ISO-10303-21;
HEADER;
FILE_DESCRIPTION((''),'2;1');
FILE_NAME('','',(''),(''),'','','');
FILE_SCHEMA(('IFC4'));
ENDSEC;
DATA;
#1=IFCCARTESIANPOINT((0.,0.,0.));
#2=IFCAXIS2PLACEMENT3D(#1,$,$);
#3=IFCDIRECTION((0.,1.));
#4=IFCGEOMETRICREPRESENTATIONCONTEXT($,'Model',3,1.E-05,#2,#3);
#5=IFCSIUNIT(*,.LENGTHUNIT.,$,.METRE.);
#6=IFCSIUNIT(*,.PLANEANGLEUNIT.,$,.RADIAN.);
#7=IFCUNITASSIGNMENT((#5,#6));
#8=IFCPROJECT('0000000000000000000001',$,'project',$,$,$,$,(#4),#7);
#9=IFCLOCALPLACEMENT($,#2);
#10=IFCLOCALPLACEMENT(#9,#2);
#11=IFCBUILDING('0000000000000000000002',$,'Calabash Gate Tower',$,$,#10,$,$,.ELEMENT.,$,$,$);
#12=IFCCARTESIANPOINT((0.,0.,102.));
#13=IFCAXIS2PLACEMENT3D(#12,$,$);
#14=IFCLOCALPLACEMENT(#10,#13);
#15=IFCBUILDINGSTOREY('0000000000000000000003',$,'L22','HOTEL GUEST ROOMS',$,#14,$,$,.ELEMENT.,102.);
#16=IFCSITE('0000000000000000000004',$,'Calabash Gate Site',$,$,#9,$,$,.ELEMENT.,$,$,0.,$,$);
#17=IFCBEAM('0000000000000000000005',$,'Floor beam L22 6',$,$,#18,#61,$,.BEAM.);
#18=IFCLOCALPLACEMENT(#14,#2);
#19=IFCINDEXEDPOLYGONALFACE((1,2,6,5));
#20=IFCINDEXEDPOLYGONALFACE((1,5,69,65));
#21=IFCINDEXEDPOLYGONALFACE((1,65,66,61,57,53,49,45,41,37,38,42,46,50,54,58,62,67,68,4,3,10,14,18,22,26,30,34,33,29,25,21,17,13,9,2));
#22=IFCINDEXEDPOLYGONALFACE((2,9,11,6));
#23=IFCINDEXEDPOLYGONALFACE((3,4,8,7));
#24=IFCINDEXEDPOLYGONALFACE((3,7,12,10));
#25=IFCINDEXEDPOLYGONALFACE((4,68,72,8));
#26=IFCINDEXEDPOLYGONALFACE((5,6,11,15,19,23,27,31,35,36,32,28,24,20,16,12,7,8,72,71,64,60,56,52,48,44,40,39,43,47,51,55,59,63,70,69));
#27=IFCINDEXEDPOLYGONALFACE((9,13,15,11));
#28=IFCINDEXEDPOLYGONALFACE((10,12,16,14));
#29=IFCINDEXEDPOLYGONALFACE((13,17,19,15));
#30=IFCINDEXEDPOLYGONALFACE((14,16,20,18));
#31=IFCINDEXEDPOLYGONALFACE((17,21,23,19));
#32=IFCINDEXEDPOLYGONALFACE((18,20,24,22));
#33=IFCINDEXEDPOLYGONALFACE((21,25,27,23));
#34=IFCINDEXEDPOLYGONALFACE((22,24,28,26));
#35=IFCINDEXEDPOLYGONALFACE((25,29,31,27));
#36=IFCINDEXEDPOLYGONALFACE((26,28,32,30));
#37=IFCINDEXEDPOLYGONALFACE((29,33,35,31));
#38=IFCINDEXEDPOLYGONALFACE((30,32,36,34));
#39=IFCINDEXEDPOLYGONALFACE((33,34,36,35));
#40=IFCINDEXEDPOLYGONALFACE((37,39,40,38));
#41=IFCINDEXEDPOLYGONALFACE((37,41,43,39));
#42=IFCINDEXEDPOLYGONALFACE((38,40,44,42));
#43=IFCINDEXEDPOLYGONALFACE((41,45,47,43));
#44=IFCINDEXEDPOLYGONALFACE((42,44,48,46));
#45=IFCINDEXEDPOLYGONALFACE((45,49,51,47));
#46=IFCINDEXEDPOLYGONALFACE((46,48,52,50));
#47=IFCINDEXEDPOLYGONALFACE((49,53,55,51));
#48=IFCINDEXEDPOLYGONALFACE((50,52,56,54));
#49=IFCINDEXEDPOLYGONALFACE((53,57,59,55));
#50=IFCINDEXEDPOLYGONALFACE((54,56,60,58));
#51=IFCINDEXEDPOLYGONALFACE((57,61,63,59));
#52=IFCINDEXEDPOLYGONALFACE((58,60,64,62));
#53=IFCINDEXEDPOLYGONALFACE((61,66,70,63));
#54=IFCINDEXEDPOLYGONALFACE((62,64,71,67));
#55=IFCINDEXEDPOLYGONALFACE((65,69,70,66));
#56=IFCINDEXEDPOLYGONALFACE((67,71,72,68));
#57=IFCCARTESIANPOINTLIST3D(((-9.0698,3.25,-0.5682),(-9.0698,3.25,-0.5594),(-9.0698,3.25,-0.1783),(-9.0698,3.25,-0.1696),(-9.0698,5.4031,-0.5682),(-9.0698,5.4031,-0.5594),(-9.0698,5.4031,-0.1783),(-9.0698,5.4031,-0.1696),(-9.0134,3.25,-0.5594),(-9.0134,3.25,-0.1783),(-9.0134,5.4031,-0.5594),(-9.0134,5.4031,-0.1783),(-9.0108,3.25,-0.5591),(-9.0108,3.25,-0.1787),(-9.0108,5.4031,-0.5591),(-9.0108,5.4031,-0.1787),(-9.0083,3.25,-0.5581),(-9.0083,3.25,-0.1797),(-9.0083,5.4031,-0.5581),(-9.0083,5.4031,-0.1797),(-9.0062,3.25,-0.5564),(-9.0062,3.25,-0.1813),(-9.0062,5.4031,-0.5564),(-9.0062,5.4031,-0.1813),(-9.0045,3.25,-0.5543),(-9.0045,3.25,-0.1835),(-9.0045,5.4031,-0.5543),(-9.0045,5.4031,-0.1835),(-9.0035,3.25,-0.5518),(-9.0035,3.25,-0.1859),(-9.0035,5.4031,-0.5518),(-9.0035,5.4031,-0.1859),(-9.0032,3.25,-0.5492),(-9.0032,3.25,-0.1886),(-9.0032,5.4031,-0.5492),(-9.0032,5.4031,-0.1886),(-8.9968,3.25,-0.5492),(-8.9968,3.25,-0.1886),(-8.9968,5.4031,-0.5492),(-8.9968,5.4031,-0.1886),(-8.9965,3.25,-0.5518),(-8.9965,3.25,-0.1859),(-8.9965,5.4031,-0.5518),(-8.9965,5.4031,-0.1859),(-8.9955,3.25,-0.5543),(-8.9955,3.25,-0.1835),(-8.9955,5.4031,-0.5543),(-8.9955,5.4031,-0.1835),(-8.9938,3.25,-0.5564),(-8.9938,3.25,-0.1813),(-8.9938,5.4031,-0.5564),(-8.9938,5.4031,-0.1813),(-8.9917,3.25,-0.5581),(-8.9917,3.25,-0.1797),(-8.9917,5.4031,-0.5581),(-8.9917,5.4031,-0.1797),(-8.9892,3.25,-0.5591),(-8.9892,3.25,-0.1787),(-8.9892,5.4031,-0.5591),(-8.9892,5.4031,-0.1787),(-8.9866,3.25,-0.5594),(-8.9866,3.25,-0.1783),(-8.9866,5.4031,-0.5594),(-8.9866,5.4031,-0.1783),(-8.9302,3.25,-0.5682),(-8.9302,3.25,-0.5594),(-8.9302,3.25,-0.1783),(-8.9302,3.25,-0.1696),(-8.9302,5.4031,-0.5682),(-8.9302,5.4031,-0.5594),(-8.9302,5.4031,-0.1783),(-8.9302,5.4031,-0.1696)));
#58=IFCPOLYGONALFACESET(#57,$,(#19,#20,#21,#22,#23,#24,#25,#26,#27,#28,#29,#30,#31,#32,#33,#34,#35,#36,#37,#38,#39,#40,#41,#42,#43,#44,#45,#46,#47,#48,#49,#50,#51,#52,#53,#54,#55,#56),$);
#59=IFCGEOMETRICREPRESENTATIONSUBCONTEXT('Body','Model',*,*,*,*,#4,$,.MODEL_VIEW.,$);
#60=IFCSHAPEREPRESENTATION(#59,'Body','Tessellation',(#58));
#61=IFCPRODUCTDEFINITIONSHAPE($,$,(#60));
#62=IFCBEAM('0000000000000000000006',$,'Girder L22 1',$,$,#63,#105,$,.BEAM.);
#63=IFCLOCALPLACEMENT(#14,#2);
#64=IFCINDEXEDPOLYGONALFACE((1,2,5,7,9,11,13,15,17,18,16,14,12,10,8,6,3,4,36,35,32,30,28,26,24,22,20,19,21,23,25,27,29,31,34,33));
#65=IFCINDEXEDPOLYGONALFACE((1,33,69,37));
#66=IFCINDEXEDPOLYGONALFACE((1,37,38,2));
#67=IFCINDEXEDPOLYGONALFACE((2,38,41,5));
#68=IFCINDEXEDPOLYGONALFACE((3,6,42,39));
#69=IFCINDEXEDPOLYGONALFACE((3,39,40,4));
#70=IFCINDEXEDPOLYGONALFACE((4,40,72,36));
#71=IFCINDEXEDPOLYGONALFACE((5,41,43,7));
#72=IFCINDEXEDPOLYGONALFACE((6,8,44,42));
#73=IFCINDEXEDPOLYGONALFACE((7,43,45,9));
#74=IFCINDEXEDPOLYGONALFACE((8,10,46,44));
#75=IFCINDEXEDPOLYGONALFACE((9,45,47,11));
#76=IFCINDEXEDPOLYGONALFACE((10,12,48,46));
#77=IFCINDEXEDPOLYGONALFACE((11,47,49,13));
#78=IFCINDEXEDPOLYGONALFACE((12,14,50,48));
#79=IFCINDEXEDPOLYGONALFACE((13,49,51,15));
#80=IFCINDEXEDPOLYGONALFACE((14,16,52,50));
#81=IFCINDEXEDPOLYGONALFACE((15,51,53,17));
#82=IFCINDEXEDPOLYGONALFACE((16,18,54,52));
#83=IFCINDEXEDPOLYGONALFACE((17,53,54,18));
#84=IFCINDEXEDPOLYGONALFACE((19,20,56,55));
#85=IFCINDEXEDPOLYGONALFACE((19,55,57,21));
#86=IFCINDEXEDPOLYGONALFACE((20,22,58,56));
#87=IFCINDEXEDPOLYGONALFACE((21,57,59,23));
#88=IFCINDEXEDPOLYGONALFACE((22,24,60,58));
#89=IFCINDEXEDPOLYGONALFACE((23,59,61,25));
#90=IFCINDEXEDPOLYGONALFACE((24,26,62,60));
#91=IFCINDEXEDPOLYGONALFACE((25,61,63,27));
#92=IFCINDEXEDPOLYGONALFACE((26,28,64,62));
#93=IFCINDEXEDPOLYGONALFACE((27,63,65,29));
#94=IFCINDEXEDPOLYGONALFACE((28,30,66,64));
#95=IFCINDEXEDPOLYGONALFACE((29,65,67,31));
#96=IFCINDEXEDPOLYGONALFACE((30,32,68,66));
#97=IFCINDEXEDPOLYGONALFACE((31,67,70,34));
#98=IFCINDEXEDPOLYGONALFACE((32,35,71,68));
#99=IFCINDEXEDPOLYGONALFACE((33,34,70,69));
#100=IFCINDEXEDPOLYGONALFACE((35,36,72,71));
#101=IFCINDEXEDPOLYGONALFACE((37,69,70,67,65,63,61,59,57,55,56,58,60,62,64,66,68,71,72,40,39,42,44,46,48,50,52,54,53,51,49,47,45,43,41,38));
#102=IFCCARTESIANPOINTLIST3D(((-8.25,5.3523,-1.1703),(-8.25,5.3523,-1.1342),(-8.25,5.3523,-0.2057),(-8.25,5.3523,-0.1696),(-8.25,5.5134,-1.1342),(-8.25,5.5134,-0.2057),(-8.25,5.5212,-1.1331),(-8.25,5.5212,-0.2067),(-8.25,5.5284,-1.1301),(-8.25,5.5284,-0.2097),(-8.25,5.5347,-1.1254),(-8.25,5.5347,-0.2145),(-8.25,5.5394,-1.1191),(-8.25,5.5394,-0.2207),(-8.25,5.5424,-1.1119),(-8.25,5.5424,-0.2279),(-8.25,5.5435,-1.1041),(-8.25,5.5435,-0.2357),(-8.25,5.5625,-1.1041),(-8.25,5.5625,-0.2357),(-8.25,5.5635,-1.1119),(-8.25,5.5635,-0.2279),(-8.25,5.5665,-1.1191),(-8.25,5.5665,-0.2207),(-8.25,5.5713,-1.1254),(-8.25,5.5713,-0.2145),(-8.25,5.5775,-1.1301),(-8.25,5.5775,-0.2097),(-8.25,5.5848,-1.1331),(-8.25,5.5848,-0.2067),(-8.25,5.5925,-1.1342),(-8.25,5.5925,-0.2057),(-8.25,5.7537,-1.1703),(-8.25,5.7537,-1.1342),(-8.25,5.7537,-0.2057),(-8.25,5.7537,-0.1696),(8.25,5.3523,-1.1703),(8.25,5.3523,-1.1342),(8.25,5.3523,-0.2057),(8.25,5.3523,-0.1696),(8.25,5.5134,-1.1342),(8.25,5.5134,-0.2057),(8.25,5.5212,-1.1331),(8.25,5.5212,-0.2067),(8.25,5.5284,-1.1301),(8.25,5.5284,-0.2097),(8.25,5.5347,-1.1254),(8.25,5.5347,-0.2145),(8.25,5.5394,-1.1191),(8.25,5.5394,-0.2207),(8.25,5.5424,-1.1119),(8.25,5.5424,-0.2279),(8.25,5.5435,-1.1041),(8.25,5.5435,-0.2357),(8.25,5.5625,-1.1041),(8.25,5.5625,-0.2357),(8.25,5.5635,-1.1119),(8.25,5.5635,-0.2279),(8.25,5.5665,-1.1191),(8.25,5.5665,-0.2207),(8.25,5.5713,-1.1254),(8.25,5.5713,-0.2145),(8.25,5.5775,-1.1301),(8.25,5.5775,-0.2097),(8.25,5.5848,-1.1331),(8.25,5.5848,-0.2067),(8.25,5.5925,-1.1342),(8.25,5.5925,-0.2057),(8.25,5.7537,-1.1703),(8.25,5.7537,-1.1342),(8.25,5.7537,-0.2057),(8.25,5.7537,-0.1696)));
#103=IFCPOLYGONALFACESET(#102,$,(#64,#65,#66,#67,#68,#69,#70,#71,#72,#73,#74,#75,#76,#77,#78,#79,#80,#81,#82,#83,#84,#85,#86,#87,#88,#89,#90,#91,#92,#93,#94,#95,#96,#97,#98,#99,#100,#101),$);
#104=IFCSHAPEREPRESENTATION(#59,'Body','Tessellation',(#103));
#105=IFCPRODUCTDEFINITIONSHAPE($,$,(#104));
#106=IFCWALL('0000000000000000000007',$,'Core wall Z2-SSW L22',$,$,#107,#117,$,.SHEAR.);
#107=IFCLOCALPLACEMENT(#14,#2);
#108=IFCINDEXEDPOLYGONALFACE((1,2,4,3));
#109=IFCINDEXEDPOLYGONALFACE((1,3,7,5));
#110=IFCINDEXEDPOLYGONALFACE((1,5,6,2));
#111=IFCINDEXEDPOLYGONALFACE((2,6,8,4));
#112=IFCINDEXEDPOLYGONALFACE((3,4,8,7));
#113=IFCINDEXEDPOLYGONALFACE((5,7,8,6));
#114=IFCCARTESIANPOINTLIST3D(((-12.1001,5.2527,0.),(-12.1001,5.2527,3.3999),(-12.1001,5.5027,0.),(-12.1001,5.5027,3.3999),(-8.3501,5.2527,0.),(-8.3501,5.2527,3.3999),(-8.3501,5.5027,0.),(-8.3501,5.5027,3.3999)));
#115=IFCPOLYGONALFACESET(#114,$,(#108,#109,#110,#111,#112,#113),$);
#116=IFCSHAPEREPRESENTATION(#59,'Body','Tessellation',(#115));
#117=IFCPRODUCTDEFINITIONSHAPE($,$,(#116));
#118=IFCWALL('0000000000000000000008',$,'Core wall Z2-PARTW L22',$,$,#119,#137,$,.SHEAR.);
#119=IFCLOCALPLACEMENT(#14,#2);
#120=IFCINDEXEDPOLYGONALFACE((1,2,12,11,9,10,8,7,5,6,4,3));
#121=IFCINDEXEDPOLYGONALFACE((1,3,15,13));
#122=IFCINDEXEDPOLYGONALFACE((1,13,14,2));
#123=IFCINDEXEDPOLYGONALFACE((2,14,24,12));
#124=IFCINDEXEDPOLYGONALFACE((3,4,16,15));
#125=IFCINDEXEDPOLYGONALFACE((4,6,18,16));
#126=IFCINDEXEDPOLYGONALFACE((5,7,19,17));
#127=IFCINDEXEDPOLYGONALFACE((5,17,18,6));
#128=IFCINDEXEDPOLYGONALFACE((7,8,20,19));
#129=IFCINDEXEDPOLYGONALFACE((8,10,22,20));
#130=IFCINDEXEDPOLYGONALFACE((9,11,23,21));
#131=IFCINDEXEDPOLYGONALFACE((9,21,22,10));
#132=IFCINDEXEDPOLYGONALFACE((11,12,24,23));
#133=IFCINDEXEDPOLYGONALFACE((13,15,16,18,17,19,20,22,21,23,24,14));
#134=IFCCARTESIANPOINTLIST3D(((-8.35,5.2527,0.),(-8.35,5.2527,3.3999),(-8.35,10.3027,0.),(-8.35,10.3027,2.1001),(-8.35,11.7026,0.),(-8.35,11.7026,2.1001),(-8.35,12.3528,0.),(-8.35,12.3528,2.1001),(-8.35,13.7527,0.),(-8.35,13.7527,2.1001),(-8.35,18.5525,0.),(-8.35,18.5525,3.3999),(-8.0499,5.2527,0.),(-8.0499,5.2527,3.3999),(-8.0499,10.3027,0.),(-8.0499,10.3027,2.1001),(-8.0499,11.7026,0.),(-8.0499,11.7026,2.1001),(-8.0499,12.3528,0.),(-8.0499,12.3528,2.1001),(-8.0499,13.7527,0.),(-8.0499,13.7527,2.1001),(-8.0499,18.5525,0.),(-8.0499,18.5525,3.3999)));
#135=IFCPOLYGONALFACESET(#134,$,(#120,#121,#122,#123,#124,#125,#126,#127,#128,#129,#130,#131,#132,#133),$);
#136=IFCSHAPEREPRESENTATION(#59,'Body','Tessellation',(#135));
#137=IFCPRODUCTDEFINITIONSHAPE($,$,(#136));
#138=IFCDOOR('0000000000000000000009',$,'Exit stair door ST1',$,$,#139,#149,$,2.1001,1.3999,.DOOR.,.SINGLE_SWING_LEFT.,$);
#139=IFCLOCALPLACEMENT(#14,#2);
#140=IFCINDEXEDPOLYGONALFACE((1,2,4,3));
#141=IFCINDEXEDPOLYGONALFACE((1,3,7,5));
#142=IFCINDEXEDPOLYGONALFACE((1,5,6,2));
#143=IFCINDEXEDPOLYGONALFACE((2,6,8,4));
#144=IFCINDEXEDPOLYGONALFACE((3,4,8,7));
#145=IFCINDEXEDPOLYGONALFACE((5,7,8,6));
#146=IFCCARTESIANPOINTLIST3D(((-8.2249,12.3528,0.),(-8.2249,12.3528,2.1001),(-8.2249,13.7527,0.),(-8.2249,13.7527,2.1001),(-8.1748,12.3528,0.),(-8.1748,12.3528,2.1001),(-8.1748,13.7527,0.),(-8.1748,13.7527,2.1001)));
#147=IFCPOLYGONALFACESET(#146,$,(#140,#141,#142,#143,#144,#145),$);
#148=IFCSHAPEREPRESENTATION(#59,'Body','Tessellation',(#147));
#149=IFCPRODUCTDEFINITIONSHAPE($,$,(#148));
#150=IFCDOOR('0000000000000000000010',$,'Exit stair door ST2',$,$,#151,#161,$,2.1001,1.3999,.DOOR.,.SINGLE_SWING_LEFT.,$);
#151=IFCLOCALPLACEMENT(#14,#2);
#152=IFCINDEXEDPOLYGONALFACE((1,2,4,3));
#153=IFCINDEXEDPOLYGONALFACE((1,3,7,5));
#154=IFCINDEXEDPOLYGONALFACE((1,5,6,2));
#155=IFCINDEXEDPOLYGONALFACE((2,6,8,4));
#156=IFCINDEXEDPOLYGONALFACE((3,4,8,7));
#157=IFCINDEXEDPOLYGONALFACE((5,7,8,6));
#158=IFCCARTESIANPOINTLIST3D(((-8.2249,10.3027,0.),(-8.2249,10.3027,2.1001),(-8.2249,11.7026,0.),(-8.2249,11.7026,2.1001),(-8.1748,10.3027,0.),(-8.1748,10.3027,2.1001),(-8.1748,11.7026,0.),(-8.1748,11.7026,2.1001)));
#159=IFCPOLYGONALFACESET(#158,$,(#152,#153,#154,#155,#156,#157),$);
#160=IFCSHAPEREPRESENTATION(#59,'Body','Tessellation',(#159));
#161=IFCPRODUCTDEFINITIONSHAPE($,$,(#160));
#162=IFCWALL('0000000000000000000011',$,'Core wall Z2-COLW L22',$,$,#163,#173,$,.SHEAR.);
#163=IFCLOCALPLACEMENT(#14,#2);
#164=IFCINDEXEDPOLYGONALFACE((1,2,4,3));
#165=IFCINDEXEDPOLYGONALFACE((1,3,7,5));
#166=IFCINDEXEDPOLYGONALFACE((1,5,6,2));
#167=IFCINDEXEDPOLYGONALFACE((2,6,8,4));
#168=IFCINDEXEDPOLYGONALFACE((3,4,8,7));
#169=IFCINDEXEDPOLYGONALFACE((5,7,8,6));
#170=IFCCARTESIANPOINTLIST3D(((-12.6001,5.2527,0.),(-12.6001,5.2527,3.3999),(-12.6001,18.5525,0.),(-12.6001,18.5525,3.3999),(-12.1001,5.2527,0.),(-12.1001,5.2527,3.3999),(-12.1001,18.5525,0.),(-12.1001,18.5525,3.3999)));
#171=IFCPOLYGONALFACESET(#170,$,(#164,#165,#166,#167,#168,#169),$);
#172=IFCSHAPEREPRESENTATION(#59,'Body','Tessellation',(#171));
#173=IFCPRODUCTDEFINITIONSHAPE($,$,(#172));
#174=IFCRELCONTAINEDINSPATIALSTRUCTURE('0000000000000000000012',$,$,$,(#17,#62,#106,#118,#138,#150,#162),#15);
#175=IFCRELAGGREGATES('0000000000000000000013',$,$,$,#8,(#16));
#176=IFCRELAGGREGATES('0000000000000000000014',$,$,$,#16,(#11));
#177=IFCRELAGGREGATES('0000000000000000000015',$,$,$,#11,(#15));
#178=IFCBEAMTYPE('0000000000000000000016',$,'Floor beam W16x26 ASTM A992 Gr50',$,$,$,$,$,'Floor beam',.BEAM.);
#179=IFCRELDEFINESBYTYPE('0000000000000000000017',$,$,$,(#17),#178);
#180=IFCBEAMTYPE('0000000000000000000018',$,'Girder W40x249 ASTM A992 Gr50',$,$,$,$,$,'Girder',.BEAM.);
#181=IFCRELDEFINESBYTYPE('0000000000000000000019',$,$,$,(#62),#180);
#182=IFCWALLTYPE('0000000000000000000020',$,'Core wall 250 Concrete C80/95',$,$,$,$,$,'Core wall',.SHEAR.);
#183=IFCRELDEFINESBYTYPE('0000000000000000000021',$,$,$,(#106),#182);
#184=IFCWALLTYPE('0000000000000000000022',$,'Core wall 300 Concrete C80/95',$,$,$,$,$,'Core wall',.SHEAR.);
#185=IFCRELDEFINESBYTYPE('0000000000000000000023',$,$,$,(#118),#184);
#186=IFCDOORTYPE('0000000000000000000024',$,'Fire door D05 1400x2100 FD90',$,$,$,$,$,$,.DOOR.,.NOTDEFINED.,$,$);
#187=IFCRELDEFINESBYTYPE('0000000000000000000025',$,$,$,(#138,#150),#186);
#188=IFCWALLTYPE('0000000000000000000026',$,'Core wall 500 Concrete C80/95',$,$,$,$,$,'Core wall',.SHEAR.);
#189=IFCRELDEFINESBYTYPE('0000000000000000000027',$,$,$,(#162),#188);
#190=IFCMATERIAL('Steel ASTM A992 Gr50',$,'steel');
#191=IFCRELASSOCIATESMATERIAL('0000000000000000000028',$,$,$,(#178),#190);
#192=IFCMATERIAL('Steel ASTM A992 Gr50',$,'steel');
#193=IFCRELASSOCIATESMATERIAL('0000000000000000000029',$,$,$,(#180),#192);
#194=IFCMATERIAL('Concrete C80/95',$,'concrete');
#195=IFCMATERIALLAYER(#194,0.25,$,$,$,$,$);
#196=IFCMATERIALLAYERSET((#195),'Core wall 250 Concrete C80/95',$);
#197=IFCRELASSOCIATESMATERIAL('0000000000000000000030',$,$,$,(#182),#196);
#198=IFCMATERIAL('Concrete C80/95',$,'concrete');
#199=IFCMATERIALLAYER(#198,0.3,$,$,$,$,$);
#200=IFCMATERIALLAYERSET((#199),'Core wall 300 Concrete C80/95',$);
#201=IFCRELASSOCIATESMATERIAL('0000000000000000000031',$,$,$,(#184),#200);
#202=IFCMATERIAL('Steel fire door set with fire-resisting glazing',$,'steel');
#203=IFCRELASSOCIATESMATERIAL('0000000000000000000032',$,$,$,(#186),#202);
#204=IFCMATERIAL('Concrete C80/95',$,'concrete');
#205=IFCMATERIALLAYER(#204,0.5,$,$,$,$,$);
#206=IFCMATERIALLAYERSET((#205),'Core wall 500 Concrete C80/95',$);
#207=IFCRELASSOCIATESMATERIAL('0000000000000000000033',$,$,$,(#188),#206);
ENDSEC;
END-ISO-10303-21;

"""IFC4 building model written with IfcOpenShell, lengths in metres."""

from ifc_helpers import new_model, si_unit, direction, frame, frame_2d, origin, origin_2d, place, context, subcontext, project, spatial, rectangle, i_section, extrude, material, layer, layer_set, material_profile, profile_set, type_object, element, fill, save


model = new_model("IFC4")

# Units and contexts
model_context = context("Model", 3, precision=1e-05, world=origin(), true_north=direction((0.0, 1.0)))
body_context = subcontext(model_context, "Body", "Model", "MODEL_VIEW")
ifc_project = project(units=[si_unit("LENGTHUNIT", "METRE"), si_unit("PLANEANGLEUNIT", "RADIAN")], contexts=[model_context])

# Site, building, storey
site_placement = place(None, origin())
site = spatial("IfcSite", under=ifc_project, at=site_placement, Name="Calabash Gate Site", CompositionType="ELEMENT", RefElevation=0.0)
building_placement = place(site_placement, origin())
building = spatial("IfcBuilding", under=site, at=building_placement, Name="Calabash Gate Tower", CompositionType="ELEMENT")
storey_placement = place(building_placement, frame((0.0, 0.0, 102.0)))
storey = spatial("IfcBuildingStorey", under=building, at=storey_placement, Name="L22", Description="HOTEL GUEST ROOMS", CompositionType="ELEMENT", Elevation=102.0)

# Beams
ifc_material_1 = material(Name="Steel ASTM A992 Gr50", Category="steel")
ifc_material_profile_1 = material_profile(ifc_material_1, i_section(OverallWidth=0.1396, OverallDepth=0.3987, WebThickness=0.0063, FlangeThickness=0.0088, FilletRadius=0.0103, at=origin_2d()))
ifc_profile_set_1 = profile_set([ifc_material_profile_1], Name="Steel ASTM A992 Gr50")
beam_type_1 = type_object("IfcBeamType", Name="Floor beam W16x26 ASTM A992 Gr50", ElementType="Floor beam", PredefinedType="BEAM", material=ifc_profile_set_1)
beam_1_placement = place(storey_placement, frame((-9.0, 3.25, -0.3689), z_axis=(0.0, 1.0, 0.0), x_axis=(-1.0, 0.0, 0.0)))
element("IfcBeam", 1, at=beam_1_placement, inside=storey, type_object=beam_type_1, Name="Floor beam L22 6", PredefinedType="BEAM", context=body_context, shape_type="SweptSolid", body=[
    extrude(i_section(OverallWidth=0.1396, OverallDepth=0.3987, WebThickness=0.0063, FlangeThickness=0.0088, FilletRadius=0.0103, at=origin_2d()), origin(), (0.0, 0.0, 1.0), 2.1531),
])
ifc_material_2 = material(Name="Steel ASTM A992 Gr50", Category="steel")
ifc_material_profile_2 = material_profile(ifc_material_2, i_section(OverallWidth=0.4014, OverallDepth=1.0007, WebThickness=0.019, FlangeThickness=0.0361, FilletRadius=0.03, at=origin_2d()))
ifc_profile_set_2 = profile_set([ifc_material_profile_2], Name="Steel ASTM A992 Gr50")
beam_type_2 = type_object("IfcBeamType", Name="Girder W40x249 ASTM A992 Gr50", ElementType="Girder", PredefinedType="BEAM", material=ifc_profile_set_2)
beam_2_placement = place(storey_placement, frame((-8.25, 5.553, -0.6699), z_axis=(1.0, 0.0, 0.0), x_axis=(0.0, 1.0, 0.0)))
element("IfcBeam", 2, at=beam_2_placement, inside=storey, type_object=beam_type_2, Name="Girder L22 1", PredefinedType="BEAM", context=body_context, shape_type="SweptSolid", body=[
    extrude(i_section(OverallWidth=0.4014, OverallDepth=1.0007, WebThickness=0.019, FlangeThickness=0.0361, FilletRadius=0.03, at=origin_2d()), origin(), (0.0, 0.0, 1.0), 16.5),
])

# Wall
ifc_material_3 = material(Name="Concrete C80/95", Category="concrete")
ifc_layer_1 = layer(ifc_material_3, 0.25)
ifc_layer_set_1 = layer_set([ifc_layer_1], Name="Core wall 250 Concrete C80/95")
wall_type_1 = type_object("IfcWallType", Name="Core wall 250 Concrete C80/95", ElementType="Core wall", PredefinedType="SHEAR", material=ifc_layer_set_1)
wall_1_placement = place(storey_placement, frame((-12.1001, 5.3777, 0.0), z_axis=(0.0, 0.0, 1.0), x_axis=(1.0, 0.0, 0.0)))
element("IfcWall", 3, at=wall_1_placement, inside=storey, type_object=wall_type_1, Name="Core wall Z2-SSW L22", PredefinedType="SHEAR", context=body_context, shape_type="SweptSolid", body=[
    extrude(rectangle(XDim=3.75, YDim=0.25, at=frame_2d((1.875, 0.0))), origin(), (0.0, 0.0, 1.0), 3.3999),
])

# Wall, openings, doors
ifc_material_4 = material(Name="Concrete C80/95", Category="concrete")
ifc_layer_2 = layer(ifc_material_4, 0.3)
ifc_layer_set_2 = layer_set([ifc_layer_2], Name="Core wall 300 Concrete C80/95")
wall_type_2 = type_object("IfcWallType", Name="Core wall 300 Concrete C80/95", ElementType="Core wall", PredefinedType="SHEAR", material=ifc_layer_set_2)
wall_2_placement = place(storey_placement, frame((-8.2, 5.2527, 0.0), z_axis=(0.0, 0.0, 1.0), x_axis=(0.0, 1.0, 0.0)))
wall_2 = element("IfcWall", 4, at=wall_2_placement, inside=storey, type_object=wall_type_2, Name="Core wall Z2-PARTW L22", PredefinedType="SHEAR", context=body_context, shape_type="SweptSolid", body=[
    extrude(rectangle(XDim=13.2998, YDim=0.3, at=frame_2d((6.6499, 0.0))), origin(), (0.0, 0.0, 1.0), 3.3999),
])
opening_1_placement = place(wall_2_placement, frame((7.1001, 0.0, 0.0)))
opening_1 = element("IfcOpeningElement", 5, at=opening_1_placement, cuts=wall_2, PredefinedType="OPENING", context=body_context, shape_type="SweptSolid", body=[
    extrude(rectangle(XDim=1.3999, YDim=2.1001, at=frame_2d((0.7, 1.05))), frame((0.0, 0.1599, 0.0), z_axis=(0.0, -1.0, 0.0), x_axis=(1.0, 0.0, 0.0)), (0.0, 0.0, 1.0), 0.3201),
])
opening_2_placement = place(wall_2_placement, frame((5.05, 0.0, 0.0)))
opening_2 = element("IfcOpeningElement", 6, at=opening_2_placement, cuts=wall_2, PredefinedType="OPENING", context=body_context, shape_type="SweptSolid", body=[
    extrude(rectangle(XDim=1.3999, YDim=2.1001, at=frame_2d((0.7, 1.05))), frame((0.0, 0.1599, 0.0), z_axis=(0.0, -1.0, 0.0), x_axis=(1.0, 0.0, 0.0)), (0.0, 0.0, 1.0), 0.3201),
])
ifc_material_5 = material(Name="Steel fire door set with fire-resisting glazing", Category="steel")
door_type_1 = type_object("IfcDoorType", Name="Fire door D05 1400x2100 FD90", OperationType="NOTDEFINED", PredefinedType="DOOR", material=ifc_material_5)
door_1_placement = place(opening_1_placement, origin())
door_1 = element("IfcDoor", 7, at=door_1_placement, inside=storey, type_object=door_type_1, Name="Exit stair door ST1", OperationType="SINGLE_SWING_LEFT", OverallHeight=2.1001, OverallWidth=1.3999, PredefinedType="DOOR", context=body_context, shape_type="SweptSolid", body=[
    extrude(rectangle(XDim=1.3999, YDim=2.1001, at=frame_2d((0.7, 1.05))), frame((0.0, 0.0249, 0.0), z_axis=(0.0, -1.0, 0.0), x_axis=(1.0, 0.0, 0.0)), (0.0, 0.0, 1.0), 0.05),
])
fill(opening_1, door_1)
door_2_placement = place(opening_2_placement, origin())
door_2 = element("IfcDoor", 8, at=door_2_placement, inside=storey, type_object=door_type_1, Name="Exit stair door ST2", OperationType="SINGLE_SWING_LEFT", OverallHeight=2.1001, OverallWidth=1.3999, PredefinedType="DOOR", context=body_context, shape_type="SweptSolid", body=[
    extrude(rectangle(XDim=1.3999, YDim=2.1001, at=frame_2d((0.7, 1.05))), frame((0.0, 0.0249, 0.0), z_axis=(0.0, -1.0, 0.0), x_axis=(1.0, 0.0, 0.0)), (0.0, 0.0, 1.0), 0.05),
])
fill(opening_2, door_2)

# Wall
ifc_material_6 = material(Name="Concrete C80/95", Category="concrete")
ifc_layer_3 = layer(ifc_material_6, 0.5)
ifc_layer_set_3 = layer_set([ifc_layer_3], Name="Core wall 500 Concrete C80/95")
wall_type_3 = type_object("IfcWallType", Name="Core wall 500 Concrete C80/95", ElementType="Core wall", PredefinedType="SHEAR", material=ifc_layer_set_3)
wall_3_placement = place(storey_placement, frame((-12.3501, 5.2527, 0.0), z_axis=(0.0, 0.0, 1.0), x_axis=(0.0, 1.0, 0.0)))
element("IfcWall", 9, at=wall_3_placement, inside=storey, type_object=wall_type_3, Name="Core wall Z2-COLW L22", PredefinedType="SHEAR", context=body_context, shape_type="SweptSolid", body=[
    extrude(rectangle(XDim=13.2998, YDim=0.5, at=frame_2d((6.6499, 0.0))), origin(), (0.0, 0.0, 1.0), 3.3999),
])

save(model, "model.ifc")
